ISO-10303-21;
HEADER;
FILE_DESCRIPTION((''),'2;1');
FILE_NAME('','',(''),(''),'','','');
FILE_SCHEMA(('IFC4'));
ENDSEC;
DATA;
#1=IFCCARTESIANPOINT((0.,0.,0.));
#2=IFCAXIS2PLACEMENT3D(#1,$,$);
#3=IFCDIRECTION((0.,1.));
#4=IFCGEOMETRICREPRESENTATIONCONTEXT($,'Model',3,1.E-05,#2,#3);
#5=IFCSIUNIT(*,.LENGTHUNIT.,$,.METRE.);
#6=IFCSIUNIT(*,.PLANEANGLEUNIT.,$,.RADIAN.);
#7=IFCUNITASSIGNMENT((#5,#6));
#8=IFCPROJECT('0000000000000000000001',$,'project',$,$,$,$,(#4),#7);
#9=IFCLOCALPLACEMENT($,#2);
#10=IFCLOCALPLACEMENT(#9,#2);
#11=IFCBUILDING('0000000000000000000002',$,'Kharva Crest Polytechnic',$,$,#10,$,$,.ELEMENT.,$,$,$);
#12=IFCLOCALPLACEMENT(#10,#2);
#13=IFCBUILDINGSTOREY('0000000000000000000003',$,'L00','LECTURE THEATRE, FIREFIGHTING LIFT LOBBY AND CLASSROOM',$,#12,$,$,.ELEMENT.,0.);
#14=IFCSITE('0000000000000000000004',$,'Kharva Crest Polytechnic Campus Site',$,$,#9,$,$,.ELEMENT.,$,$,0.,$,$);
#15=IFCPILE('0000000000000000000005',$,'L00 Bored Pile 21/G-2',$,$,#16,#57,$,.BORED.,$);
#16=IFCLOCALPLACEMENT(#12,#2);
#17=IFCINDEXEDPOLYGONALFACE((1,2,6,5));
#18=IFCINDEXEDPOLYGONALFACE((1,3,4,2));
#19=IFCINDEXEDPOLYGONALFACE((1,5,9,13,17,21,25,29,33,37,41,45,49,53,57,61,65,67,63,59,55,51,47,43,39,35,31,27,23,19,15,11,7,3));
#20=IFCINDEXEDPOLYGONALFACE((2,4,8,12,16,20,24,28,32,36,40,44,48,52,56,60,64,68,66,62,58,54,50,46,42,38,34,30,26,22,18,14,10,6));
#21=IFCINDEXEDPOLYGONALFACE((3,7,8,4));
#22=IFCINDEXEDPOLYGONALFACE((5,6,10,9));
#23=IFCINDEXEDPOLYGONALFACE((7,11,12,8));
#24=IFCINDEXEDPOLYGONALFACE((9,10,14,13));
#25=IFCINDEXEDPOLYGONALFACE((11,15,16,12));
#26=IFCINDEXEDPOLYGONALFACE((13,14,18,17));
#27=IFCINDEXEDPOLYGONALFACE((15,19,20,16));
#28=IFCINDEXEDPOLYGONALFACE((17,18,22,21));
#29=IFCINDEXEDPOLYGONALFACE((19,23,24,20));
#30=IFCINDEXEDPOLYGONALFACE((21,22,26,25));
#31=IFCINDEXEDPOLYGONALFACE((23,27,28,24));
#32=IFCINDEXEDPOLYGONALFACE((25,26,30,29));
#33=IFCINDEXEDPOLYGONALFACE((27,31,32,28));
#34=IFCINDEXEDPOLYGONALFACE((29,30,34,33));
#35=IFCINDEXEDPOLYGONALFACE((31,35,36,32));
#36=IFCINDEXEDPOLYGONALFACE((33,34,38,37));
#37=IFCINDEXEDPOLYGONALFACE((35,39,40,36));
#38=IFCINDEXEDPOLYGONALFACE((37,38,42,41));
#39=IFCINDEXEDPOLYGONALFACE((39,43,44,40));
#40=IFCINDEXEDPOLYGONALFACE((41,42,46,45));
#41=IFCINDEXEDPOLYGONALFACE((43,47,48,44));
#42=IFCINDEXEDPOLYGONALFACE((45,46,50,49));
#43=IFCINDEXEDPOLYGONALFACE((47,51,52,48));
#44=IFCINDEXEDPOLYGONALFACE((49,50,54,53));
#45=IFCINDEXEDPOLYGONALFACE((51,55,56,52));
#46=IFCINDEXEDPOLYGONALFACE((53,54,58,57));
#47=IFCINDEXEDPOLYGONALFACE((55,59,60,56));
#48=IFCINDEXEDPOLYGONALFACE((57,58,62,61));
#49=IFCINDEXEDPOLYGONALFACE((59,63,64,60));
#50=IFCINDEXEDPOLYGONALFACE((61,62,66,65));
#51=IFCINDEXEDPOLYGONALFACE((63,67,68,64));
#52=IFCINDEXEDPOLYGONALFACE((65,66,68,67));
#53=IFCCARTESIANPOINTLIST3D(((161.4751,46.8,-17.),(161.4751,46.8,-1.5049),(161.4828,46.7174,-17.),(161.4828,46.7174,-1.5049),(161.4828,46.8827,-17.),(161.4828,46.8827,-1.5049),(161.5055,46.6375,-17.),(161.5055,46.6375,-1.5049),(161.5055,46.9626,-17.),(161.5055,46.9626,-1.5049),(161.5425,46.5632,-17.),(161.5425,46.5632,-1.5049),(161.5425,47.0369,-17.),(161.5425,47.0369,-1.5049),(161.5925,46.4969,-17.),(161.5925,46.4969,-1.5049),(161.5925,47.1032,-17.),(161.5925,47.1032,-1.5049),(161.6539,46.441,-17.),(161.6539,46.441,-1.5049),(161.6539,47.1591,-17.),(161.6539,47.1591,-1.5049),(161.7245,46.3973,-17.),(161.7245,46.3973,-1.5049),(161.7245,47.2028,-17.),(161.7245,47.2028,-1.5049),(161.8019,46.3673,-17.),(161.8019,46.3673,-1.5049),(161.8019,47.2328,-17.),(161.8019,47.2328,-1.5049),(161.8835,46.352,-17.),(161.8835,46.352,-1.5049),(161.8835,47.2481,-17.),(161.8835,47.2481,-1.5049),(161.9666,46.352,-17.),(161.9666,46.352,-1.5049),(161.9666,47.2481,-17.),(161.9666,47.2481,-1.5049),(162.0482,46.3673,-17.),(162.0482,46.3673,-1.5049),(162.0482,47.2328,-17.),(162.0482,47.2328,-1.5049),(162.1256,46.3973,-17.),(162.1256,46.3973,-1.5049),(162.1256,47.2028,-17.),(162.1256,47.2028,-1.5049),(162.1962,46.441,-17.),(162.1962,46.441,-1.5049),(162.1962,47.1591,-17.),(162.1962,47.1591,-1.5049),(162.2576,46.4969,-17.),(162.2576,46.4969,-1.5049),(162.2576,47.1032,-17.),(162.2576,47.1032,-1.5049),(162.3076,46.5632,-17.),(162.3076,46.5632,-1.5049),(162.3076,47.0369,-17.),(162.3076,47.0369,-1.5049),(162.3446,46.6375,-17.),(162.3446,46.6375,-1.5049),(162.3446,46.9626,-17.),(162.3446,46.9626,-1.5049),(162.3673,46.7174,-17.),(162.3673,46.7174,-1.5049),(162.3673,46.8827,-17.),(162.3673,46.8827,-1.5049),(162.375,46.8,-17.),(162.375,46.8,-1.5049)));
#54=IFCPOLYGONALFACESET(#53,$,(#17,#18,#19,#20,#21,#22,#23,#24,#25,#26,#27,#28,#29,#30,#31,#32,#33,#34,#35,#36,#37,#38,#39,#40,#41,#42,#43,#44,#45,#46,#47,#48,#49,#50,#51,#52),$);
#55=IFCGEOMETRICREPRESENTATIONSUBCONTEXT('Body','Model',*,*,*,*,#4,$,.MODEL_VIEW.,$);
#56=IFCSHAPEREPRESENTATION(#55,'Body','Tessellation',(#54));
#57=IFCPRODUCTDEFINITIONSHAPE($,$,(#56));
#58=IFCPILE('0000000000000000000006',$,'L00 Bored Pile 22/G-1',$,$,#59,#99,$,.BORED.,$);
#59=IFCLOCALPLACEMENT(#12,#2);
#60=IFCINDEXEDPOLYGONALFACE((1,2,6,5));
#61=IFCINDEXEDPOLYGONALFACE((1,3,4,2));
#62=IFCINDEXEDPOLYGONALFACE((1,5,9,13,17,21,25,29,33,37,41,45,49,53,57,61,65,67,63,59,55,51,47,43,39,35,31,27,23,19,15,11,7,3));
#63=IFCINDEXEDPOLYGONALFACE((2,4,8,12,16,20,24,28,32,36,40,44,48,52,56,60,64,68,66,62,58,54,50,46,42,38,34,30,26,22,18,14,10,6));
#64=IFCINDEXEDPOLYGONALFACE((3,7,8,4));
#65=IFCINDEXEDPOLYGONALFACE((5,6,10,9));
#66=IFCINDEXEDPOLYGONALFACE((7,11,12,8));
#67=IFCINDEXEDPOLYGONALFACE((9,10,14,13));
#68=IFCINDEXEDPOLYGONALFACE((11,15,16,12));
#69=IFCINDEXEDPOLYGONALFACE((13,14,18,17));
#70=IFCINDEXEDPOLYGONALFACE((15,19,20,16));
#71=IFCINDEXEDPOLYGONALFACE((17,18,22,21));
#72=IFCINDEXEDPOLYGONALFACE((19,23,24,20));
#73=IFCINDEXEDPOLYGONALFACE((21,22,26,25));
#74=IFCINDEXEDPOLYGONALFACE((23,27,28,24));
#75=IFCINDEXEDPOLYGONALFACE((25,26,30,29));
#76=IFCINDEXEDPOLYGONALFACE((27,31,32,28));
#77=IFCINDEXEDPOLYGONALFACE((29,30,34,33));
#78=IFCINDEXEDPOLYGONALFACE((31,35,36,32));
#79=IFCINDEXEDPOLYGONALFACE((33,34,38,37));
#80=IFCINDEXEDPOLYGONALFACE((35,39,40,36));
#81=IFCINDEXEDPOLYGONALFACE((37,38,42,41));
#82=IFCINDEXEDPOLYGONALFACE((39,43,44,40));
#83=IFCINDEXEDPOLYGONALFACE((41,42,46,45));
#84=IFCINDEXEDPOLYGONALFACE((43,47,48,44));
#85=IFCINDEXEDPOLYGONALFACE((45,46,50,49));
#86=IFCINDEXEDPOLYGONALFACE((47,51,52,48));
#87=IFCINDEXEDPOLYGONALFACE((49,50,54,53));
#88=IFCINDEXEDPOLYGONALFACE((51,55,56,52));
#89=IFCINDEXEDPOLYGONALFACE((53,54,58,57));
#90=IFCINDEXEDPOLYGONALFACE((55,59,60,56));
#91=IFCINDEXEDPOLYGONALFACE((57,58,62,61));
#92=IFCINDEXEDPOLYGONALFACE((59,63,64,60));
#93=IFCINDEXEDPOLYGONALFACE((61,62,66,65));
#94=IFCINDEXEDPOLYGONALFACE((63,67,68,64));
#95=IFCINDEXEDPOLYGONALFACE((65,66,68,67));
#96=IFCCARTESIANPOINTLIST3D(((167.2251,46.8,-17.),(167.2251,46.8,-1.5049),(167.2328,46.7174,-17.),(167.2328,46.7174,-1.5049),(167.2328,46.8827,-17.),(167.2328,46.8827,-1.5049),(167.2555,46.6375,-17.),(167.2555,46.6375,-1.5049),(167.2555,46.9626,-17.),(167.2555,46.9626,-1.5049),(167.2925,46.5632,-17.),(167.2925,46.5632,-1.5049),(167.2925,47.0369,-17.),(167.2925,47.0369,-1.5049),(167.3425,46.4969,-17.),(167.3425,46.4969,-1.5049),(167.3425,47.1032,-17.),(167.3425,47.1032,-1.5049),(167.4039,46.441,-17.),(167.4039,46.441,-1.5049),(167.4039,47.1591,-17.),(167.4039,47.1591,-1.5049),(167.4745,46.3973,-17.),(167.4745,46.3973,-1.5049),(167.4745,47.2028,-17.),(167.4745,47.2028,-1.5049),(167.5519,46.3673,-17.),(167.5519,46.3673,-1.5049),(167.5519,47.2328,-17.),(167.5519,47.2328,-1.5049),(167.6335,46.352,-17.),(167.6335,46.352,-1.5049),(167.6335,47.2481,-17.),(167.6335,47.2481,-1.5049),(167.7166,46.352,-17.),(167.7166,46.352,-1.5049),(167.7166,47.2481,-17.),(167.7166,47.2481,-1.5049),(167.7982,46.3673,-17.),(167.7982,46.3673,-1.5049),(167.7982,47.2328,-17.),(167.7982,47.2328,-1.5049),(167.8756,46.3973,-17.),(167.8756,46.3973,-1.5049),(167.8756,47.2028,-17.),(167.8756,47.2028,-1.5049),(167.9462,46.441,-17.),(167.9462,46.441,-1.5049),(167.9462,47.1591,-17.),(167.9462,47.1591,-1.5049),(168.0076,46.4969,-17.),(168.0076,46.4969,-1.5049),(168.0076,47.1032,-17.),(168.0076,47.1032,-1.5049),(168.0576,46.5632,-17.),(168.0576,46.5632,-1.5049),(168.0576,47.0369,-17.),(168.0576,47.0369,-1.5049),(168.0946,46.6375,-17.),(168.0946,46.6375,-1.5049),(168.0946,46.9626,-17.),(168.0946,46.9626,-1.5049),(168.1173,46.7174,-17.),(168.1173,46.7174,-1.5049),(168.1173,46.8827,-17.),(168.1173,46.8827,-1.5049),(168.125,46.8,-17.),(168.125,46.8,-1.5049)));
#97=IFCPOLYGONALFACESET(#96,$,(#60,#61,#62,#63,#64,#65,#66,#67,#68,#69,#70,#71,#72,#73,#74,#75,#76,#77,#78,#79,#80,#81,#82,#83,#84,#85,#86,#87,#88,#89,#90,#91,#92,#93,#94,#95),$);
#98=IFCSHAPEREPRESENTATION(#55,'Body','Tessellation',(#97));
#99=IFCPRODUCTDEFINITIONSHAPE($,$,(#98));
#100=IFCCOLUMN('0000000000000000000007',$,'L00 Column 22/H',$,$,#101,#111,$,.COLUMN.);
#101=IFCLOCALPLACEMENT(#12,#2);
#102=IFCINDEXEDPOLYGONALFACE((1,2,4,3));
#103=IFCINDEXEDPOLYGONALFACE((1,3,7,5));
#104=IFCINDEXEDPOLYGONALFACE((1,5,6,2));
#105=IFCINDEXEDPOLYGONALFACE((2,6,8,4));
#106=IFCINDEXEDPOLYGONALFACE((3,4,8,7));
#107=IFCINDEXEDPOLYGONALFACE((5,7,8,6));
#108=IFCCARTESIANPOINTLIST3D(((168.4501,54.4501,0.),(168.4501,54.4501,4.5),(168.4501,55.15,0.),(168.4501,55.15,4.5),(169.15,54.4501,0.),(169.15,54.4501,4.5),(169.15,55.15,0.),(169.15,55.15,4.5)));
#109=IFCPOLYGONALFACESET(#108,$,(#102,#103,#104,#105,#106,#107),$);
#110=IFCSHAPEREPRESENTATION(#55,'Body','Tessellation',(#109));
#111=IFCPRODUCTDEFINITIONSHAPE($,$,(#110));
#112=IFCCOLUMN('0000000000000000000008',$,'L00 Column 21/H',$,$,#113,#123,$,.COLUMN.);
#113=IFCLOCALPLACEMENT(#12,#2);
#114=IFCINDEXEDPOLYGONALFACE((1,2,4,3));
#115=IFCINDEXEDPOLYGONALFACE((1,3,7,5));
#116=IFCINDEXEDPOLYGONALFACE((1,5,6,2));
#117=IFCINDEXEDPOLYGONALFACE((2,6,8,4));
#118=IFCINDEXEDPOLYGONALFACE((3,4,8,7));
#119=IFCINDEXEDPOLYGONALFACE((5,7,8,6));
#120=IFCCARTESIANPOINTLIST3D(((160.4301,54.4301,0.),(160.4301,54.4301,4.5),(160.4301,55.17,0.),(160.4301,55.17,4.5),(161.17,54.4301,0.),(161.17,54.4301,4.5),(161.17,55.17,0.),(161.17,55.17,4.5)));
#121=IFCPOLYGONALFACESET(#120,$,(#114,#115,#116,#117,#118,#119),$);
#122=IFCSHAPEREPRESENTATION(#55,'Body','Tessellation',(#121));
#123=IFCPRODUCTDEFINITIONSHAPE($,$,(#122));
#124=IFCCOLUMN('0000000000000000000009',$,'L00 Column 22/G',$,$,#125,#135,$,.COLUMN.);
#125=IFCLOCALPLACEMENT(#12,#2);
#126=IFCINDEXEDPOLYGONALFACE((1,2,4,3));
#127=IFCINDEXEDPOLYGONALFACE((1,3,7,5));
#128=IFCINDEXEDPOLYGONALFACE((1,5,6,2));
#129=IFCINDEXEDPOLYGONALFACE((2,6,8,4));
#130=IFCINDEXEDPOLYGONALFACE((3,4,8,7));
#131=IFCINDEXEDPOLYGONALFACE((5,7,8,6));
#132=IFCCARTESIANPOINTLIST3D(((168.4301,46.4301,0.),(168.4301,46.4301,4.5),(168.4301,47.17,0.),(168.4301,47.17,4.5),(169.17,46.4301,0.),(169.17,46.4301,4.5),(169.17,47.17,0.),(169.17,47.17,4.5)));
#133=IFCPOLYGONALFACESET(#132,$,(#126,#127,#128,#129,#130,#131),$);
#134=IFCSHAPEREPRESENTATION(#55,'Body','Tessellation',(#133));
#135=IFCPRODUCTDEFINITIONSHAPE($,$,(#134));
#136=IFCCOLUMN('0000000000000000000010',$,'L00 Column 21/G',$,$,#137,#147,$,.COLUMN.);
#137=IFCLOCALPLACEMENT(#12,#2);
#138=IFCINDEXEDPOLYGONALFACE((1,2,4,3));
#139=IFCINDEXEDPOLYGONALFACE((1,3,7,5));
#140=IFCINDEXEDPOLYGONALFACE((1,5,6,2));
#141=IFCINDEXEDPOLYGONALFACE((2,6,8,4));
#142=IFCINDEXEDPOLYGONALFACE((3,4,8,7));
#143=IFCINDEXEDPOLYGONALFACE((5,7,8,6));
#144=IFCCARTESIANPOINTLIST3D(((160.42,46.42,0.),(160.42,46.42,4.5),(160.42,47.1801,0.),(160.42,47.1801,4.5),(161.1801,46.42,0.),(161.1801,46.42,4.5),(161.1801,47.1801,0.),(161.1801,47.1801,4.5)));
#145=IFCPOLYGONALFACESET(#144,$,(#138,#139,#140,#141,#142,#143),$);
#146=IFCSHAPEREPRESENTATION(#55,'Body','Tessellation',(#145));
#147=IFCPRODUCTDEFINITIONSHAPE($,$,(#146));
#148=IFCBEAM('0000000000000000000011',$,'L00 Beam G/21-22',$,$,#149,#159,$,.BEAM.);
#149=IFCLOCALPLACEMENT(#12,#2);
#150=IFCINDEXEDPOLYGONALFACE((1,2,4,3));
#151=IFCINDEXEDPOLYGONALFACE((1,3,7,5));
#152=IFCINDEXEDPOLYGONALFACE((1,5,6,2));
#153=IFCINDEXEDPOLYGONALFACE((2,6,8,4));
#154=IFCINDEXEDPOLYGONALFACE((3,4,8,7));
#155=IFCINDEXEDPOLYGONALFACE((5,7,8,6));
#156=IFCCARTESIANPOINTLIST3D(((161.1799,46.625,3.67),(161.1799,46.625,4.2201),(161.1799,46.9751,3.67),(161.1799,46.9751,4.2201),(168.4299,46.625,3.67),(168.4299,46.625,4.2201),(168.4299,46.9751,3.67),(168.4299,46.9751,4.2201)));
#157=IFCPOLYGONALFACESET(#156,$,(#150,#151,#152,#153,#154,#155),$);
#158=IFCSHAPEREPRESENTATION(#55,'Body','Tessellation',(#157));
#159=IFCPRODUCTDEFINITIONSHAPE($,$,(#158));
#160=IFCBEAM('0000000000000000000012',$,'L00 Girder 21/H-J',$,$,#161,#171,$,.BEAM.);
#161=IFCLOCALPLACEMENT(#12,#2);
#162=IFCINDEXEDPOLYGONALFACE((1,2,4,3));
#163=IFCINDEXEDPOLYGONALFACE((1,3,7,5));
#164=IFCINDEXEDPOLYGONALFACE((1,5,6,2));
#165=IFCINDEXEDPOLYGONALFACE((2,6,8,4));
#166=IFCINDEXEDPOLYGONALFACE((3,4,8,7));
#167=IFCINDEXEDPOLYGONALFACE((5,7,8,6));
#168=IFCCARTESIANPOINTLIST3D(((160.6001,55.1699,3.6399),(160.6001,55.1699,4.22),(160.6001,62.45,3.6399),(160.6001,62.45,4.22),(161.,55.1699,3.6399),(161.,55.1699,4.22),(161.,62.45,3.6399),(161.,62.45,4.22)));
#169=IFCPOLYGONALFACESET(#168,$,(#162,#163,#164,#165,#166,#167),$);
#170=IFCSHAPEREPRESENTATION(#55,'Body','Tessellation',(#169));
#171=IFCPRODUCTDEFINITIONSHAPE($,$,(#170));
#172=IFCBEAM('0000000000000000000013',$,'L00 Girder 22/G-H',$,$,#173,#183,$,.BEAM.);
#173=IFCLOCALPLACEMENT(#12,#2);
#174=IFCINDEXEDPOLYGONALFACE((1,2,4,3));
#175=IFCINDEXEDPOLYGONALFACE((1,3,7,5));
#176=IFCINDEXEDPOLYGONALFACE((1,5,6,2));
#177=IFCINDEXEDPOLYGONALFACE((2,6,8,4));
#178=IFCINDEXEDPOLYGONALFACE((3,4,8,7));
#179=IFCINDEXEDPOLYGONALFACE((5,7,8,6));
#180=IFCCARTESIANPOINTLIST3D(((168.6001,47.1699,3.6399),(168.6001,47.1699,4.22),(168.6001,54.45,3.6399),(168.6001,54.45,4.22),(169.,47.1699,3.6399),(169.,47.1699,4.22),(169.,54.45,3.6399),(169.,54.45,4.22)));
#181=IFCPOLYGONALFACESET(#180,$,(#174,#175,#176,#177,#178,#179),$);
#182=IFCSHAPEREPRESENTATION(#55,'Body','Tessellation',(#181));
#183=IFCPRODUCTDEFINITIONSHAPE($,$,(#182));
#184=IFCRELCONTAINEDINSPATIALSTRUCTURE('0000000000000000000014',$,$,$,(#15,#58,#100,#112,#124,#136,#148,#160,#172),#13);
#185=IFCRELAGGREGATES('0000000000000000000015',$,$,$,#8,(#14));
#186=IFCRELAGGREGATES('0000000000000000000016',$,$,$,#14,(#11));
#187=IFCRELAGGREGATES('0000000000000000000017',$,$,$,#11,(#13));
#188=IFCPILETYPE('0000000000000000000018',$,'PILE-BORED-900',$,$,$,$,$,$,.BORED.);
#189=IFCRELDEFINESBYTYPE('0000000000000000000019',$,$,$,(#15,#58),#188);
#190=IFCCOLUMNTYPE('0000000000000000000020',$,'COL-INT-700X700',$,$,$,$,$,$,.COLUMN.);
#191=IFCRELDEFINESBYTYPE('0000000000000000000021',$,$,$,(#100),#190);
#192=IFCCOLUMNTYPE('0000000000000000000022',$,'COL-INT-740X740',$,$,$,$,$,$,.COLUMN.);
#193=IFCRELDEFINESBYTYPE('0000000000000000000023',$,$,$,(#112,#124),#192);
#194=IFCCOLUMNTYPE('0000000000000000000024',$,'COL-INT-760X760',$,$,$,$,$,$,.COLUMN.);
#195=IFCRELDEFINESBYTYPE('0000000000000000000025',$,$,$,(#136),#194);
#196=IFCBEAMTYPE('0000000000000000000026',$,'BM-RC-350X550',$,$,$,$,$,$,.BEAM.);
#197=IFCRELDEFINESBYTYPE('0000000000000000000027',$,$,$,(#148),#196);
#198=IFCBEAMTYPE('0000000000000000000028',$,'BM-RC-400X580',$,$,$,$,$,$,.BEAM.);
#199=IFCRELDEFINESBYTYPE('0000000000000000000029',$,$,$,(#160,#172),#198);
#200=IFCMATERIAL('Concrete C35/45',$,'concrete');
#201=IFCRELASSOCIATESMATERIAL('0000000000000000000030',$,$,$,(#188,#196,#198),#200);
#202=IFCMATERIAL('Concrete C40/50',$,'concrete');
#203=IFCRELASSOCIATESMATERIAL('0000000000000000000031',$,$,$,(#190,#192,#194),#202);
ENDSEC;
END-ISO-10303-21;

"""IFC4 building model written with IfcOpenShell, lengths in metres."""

from ifc_helpers import new_model, si_unit, direction, frame, origin, origin_2d, place, context, subcontext, project, spatial, rectangle, circle, extrude, material, material_profile, profile_set, type_object, element, save


model = new_model("IFC4")

# Units and contexts
model_context = context("Model", 3, precision=1e-05, world=origin(), true_north=direction((0.0, 1.0)))
body_context = subcontext(model_context, "Body", "Model", "MODEL_VIEW")
ifc_project = project(units=[si_unit("LENGTHUNIT", "METRE"), si_unit("PLANEANGLEUNIT", "RADIAN")], contexts=[model_context])

# Site, building, storey
site_placement = place(None, origin())
site = spatial("IfcSite", under=ifc_project, at=site_placement, Name="Kharva Crest Polytechnic Campus Site", CompositionType="ELEMENT", RefElevation=0.0)
building_placement = place(site_placement, origin())
building = spatial("IfcBuilding", under=site, at=building_placement, Name="Kharva Crest Polytechnic", CompositionType="ELEMENT")
storey_placement = place(building_placement, origin())
storey = spatial("IfcBuildingStorey", under=building, at=storey_placement, Name="L00", Description="LECTURE THEATRE, FIREFIGHTING LIFT LOBBY AND CLASSROOM", CompositionType="ELEMENT", Elevation=0.0)

# Shared definitions
ifc_material_1 = material(Name="Concrete C35/45", Category="concrete")

# Piles
ifc_material_profile_1 = material_profile(ifc_material_1, circle(Radius=0.45, at=origin_2d()), Name="DIA 900")
ifc_profile_set_1 = profile_set([ifc_material_profile_1], Name="Concrete C35/45")
pile_type_1 = type_object("IfcPileType", Name="PILE-BORED-900", PredefinedType="BORED", material=ifc_profile_set_1)
for number, where, z_axis, x_axis, name in (
    (1, (161.925, 46.8, -1.5049), (0.0, 0.0, -1.0), (1.0, 0.0, 0.0), "L00 Bored Pile 21/G-2"),
    (2, (167.675, 46.8, -1.5049), (0.0, 0.0, -1.0), (1.0, 0.0, 0.0), "L00 Bored Pile 22/G-1"),
):
    element("IfcPile", number, at=place(storey_placement, frame(where, z_axis=z_axis, x_axis=x_axis)), inside=storey, type_object=pile_type_1, Name=name, PredefinedType="BORED", context=body_context, shape_type="SweptSolid", body=[
        extrude(circle(Radius=0.45, at=origin_2d()), origin(), (0.0, 0.0, 1.0), 15.4951),
    ])

# Columns
ifc_material_2 = material(Name="Concrete C40/50", Category="concrete")
ifc_material_profile_2 = material_profile(ifc_material_2, rectangle(XDim=0.7, YDim=0.7, at=origin_2d()), Name="RECT 700 X 700")
ifc_profile_set_2 = profile_set([ifc_material_profile_2], Name="Concrete C40/50")
column_type_1 = type_object("IfcColumnType", Name="COL-INT-700X700", PredefinedType="COLUMN", material=ifc_profile_set_2)
column_1_placement = place(storey_placement, frame((168.8, 54.8, 0.0), z_axis=(0.0, 0.0, 1.0), x_axis=(1.0, 0.0, 0.0)))
element("IfcColumn", 3, at=column_1_placement, inside=storey, type_object=column_type_1, Name="L00 Column 22/H", PredefinedType="COLUMN", context=body_context, shape_type="SweptSolid", body=[
    extrude(rectangle(XDim=0.7, YDim=0.7, at=origin_2d()), origin(), (0.0, 0.0, 1.0), 4.5),
])
ifc_material_profile_3 = material_profile(ifc_material_2, rectangle(XDim=0.74, YDim=0.74, at=origin_2d()), Name="RECT 740 X 740")
ifc_profile_set_3 = profile_set([ifc_material_profile_3], Name="Concrete C40/50")
column_type_2 = type_object("IfcColumnType", Name="COL-INT-740X740", PredefinedType="COLUMN", material=ifc_profile_set_3)
for number, where, z_axis, x_axis, name in (
    (4, (160.8, 54.8, 0.0), (0.0, 0.0, 1.0), (1.0, 0.0, 0.0), "L00 Column 21/H"),
    (5, (168.8, 46.8, 0.0), (0.0, 0.0, 1.0), (1.0, 0.0, 0.0), "L00 Column 22/G"),
):
    element("IfcColumn", number, at=place(storey_placement, frame(where, z_axis=z_axis, x_axis=x_axis)), inside=storey, type_object=column_type_2, Name=name, PredefinedType="COLUMN", context=body_context, shape_type="SweptSolid", body=[
        extrude(rectangle(XDim=0.74, YDim=0.74, at=origin_2d()), origin(), (0.0, 0.0, 1.0), 4.5),
    ])
ifc_material_profile_4 = material_profile(ifc_material_2, rectangle(XDim=0.76, YDim=0.76, at=origin_2d()), Name="RECT 760 X 760")
ifc_profile_set_4 = profile_set([ifc_material_profile_4], Name="Concrete C40/50")
column_type_3 = type_object("IfcColumnType", Name="COL-INT-760X760", PredefinedType="COLUMN", material=ifc_profile_set_4)
column_2_placement = place(storey_placement, frame((160.8, 46.8, 0.0), z_axis=(0.0, 0.0, 1.0), x_axis=(1.0, 0.0, 0.0)))
element("IfcColumn", 6, at=column_2_placement, inside=storey, type_object=column_type_3, Name="L00 Column 21/G", PredefinedType="COLUMN", context=body_context, shape_type="SweptSolid", body=[
    extrude(rectangle(XDim=0.76, YDim=0.76, at=origin_2d()), origin(), (0.0, 0.0, 1.0), 4.5),
])

# Beams
ifc_material_profile_5 = material_profile(ifc_material_1, rectangle(XDim=0.3501, YDim=0.55, at=origin_2d()), Name="RECT 350 X 550")
ifc_profile_set_5 = profile_set([ifc_material_profile_5], Name="Concrete C35/45")
beam_type_1 = type_object("IfcBeamType", Name="BM-RC-350X550", PredefinedType="BEAM", material=ifc_profile_set_5)
beam_1_placement = place(storey_placement, frame((161.1799, 46.8, 3.9451), z_axis=(1.0, 0.0, 0.0), x_axis=(0.0, 1.0, 0.0)))
element("IfcBeam", 7, at=beam_1_placement, inside=storey, type_object=beam_type_1, Name="L00 Beam G/21-22", PredefinedType="BEAM", context=body_context, shape_type="SweptSolid", body=[
    extrude(rectangle(XDim=0.3501, YDim=0.55, at=origin_2d()), origin(), (0.0, 0.0, 1.0), 7.25),
])
ifc_material_profile_6 = material_profile(ifc_material_1, rectangle(XDim=0.3999, YDim=0.5801, at=origin_2d()), Name="RECT 400 X 580")
ifc_profile_set_6 = profile_set([ifc_material_profile_6], Name="Concrete C35/45")
beam_type_2 = type_object("IfcBeamType", Name="BM-RC-400X580", PredefinedType="BEAM", material=ifc_profile_set_6)
for number, where, z_axis, x_axis, name in (
    (8, (160.8, 55.1699, 3.9299), (0.0, 1.0, 0.0), (-1.0, 0.0, 0.0), "L00 Girder 21/H-J"),
    (9, (168.8, 47.1699, 3.9299), (0.0, 1.0, 0.0), (-1.0, 0.0, 0.0), "L00 Girder 22/G-H"),
):
    element("IfcBeam", number, at=place(storey_placement, frame(where, z_axis=z_axis, x_axis=x_axis)), inside=storey, type_object=beam_type_2, Name=name, PredefinedType="BEAM", context=body_context, shape_type="SweptSolid", body=[
        extrude(rectangle(XDim=0.3999, YDim=0.5801, at=origin_2d()), origin(), (0.0, 0.0, 1.0), 7.28),
    ])

save(model, "model.ifc")
